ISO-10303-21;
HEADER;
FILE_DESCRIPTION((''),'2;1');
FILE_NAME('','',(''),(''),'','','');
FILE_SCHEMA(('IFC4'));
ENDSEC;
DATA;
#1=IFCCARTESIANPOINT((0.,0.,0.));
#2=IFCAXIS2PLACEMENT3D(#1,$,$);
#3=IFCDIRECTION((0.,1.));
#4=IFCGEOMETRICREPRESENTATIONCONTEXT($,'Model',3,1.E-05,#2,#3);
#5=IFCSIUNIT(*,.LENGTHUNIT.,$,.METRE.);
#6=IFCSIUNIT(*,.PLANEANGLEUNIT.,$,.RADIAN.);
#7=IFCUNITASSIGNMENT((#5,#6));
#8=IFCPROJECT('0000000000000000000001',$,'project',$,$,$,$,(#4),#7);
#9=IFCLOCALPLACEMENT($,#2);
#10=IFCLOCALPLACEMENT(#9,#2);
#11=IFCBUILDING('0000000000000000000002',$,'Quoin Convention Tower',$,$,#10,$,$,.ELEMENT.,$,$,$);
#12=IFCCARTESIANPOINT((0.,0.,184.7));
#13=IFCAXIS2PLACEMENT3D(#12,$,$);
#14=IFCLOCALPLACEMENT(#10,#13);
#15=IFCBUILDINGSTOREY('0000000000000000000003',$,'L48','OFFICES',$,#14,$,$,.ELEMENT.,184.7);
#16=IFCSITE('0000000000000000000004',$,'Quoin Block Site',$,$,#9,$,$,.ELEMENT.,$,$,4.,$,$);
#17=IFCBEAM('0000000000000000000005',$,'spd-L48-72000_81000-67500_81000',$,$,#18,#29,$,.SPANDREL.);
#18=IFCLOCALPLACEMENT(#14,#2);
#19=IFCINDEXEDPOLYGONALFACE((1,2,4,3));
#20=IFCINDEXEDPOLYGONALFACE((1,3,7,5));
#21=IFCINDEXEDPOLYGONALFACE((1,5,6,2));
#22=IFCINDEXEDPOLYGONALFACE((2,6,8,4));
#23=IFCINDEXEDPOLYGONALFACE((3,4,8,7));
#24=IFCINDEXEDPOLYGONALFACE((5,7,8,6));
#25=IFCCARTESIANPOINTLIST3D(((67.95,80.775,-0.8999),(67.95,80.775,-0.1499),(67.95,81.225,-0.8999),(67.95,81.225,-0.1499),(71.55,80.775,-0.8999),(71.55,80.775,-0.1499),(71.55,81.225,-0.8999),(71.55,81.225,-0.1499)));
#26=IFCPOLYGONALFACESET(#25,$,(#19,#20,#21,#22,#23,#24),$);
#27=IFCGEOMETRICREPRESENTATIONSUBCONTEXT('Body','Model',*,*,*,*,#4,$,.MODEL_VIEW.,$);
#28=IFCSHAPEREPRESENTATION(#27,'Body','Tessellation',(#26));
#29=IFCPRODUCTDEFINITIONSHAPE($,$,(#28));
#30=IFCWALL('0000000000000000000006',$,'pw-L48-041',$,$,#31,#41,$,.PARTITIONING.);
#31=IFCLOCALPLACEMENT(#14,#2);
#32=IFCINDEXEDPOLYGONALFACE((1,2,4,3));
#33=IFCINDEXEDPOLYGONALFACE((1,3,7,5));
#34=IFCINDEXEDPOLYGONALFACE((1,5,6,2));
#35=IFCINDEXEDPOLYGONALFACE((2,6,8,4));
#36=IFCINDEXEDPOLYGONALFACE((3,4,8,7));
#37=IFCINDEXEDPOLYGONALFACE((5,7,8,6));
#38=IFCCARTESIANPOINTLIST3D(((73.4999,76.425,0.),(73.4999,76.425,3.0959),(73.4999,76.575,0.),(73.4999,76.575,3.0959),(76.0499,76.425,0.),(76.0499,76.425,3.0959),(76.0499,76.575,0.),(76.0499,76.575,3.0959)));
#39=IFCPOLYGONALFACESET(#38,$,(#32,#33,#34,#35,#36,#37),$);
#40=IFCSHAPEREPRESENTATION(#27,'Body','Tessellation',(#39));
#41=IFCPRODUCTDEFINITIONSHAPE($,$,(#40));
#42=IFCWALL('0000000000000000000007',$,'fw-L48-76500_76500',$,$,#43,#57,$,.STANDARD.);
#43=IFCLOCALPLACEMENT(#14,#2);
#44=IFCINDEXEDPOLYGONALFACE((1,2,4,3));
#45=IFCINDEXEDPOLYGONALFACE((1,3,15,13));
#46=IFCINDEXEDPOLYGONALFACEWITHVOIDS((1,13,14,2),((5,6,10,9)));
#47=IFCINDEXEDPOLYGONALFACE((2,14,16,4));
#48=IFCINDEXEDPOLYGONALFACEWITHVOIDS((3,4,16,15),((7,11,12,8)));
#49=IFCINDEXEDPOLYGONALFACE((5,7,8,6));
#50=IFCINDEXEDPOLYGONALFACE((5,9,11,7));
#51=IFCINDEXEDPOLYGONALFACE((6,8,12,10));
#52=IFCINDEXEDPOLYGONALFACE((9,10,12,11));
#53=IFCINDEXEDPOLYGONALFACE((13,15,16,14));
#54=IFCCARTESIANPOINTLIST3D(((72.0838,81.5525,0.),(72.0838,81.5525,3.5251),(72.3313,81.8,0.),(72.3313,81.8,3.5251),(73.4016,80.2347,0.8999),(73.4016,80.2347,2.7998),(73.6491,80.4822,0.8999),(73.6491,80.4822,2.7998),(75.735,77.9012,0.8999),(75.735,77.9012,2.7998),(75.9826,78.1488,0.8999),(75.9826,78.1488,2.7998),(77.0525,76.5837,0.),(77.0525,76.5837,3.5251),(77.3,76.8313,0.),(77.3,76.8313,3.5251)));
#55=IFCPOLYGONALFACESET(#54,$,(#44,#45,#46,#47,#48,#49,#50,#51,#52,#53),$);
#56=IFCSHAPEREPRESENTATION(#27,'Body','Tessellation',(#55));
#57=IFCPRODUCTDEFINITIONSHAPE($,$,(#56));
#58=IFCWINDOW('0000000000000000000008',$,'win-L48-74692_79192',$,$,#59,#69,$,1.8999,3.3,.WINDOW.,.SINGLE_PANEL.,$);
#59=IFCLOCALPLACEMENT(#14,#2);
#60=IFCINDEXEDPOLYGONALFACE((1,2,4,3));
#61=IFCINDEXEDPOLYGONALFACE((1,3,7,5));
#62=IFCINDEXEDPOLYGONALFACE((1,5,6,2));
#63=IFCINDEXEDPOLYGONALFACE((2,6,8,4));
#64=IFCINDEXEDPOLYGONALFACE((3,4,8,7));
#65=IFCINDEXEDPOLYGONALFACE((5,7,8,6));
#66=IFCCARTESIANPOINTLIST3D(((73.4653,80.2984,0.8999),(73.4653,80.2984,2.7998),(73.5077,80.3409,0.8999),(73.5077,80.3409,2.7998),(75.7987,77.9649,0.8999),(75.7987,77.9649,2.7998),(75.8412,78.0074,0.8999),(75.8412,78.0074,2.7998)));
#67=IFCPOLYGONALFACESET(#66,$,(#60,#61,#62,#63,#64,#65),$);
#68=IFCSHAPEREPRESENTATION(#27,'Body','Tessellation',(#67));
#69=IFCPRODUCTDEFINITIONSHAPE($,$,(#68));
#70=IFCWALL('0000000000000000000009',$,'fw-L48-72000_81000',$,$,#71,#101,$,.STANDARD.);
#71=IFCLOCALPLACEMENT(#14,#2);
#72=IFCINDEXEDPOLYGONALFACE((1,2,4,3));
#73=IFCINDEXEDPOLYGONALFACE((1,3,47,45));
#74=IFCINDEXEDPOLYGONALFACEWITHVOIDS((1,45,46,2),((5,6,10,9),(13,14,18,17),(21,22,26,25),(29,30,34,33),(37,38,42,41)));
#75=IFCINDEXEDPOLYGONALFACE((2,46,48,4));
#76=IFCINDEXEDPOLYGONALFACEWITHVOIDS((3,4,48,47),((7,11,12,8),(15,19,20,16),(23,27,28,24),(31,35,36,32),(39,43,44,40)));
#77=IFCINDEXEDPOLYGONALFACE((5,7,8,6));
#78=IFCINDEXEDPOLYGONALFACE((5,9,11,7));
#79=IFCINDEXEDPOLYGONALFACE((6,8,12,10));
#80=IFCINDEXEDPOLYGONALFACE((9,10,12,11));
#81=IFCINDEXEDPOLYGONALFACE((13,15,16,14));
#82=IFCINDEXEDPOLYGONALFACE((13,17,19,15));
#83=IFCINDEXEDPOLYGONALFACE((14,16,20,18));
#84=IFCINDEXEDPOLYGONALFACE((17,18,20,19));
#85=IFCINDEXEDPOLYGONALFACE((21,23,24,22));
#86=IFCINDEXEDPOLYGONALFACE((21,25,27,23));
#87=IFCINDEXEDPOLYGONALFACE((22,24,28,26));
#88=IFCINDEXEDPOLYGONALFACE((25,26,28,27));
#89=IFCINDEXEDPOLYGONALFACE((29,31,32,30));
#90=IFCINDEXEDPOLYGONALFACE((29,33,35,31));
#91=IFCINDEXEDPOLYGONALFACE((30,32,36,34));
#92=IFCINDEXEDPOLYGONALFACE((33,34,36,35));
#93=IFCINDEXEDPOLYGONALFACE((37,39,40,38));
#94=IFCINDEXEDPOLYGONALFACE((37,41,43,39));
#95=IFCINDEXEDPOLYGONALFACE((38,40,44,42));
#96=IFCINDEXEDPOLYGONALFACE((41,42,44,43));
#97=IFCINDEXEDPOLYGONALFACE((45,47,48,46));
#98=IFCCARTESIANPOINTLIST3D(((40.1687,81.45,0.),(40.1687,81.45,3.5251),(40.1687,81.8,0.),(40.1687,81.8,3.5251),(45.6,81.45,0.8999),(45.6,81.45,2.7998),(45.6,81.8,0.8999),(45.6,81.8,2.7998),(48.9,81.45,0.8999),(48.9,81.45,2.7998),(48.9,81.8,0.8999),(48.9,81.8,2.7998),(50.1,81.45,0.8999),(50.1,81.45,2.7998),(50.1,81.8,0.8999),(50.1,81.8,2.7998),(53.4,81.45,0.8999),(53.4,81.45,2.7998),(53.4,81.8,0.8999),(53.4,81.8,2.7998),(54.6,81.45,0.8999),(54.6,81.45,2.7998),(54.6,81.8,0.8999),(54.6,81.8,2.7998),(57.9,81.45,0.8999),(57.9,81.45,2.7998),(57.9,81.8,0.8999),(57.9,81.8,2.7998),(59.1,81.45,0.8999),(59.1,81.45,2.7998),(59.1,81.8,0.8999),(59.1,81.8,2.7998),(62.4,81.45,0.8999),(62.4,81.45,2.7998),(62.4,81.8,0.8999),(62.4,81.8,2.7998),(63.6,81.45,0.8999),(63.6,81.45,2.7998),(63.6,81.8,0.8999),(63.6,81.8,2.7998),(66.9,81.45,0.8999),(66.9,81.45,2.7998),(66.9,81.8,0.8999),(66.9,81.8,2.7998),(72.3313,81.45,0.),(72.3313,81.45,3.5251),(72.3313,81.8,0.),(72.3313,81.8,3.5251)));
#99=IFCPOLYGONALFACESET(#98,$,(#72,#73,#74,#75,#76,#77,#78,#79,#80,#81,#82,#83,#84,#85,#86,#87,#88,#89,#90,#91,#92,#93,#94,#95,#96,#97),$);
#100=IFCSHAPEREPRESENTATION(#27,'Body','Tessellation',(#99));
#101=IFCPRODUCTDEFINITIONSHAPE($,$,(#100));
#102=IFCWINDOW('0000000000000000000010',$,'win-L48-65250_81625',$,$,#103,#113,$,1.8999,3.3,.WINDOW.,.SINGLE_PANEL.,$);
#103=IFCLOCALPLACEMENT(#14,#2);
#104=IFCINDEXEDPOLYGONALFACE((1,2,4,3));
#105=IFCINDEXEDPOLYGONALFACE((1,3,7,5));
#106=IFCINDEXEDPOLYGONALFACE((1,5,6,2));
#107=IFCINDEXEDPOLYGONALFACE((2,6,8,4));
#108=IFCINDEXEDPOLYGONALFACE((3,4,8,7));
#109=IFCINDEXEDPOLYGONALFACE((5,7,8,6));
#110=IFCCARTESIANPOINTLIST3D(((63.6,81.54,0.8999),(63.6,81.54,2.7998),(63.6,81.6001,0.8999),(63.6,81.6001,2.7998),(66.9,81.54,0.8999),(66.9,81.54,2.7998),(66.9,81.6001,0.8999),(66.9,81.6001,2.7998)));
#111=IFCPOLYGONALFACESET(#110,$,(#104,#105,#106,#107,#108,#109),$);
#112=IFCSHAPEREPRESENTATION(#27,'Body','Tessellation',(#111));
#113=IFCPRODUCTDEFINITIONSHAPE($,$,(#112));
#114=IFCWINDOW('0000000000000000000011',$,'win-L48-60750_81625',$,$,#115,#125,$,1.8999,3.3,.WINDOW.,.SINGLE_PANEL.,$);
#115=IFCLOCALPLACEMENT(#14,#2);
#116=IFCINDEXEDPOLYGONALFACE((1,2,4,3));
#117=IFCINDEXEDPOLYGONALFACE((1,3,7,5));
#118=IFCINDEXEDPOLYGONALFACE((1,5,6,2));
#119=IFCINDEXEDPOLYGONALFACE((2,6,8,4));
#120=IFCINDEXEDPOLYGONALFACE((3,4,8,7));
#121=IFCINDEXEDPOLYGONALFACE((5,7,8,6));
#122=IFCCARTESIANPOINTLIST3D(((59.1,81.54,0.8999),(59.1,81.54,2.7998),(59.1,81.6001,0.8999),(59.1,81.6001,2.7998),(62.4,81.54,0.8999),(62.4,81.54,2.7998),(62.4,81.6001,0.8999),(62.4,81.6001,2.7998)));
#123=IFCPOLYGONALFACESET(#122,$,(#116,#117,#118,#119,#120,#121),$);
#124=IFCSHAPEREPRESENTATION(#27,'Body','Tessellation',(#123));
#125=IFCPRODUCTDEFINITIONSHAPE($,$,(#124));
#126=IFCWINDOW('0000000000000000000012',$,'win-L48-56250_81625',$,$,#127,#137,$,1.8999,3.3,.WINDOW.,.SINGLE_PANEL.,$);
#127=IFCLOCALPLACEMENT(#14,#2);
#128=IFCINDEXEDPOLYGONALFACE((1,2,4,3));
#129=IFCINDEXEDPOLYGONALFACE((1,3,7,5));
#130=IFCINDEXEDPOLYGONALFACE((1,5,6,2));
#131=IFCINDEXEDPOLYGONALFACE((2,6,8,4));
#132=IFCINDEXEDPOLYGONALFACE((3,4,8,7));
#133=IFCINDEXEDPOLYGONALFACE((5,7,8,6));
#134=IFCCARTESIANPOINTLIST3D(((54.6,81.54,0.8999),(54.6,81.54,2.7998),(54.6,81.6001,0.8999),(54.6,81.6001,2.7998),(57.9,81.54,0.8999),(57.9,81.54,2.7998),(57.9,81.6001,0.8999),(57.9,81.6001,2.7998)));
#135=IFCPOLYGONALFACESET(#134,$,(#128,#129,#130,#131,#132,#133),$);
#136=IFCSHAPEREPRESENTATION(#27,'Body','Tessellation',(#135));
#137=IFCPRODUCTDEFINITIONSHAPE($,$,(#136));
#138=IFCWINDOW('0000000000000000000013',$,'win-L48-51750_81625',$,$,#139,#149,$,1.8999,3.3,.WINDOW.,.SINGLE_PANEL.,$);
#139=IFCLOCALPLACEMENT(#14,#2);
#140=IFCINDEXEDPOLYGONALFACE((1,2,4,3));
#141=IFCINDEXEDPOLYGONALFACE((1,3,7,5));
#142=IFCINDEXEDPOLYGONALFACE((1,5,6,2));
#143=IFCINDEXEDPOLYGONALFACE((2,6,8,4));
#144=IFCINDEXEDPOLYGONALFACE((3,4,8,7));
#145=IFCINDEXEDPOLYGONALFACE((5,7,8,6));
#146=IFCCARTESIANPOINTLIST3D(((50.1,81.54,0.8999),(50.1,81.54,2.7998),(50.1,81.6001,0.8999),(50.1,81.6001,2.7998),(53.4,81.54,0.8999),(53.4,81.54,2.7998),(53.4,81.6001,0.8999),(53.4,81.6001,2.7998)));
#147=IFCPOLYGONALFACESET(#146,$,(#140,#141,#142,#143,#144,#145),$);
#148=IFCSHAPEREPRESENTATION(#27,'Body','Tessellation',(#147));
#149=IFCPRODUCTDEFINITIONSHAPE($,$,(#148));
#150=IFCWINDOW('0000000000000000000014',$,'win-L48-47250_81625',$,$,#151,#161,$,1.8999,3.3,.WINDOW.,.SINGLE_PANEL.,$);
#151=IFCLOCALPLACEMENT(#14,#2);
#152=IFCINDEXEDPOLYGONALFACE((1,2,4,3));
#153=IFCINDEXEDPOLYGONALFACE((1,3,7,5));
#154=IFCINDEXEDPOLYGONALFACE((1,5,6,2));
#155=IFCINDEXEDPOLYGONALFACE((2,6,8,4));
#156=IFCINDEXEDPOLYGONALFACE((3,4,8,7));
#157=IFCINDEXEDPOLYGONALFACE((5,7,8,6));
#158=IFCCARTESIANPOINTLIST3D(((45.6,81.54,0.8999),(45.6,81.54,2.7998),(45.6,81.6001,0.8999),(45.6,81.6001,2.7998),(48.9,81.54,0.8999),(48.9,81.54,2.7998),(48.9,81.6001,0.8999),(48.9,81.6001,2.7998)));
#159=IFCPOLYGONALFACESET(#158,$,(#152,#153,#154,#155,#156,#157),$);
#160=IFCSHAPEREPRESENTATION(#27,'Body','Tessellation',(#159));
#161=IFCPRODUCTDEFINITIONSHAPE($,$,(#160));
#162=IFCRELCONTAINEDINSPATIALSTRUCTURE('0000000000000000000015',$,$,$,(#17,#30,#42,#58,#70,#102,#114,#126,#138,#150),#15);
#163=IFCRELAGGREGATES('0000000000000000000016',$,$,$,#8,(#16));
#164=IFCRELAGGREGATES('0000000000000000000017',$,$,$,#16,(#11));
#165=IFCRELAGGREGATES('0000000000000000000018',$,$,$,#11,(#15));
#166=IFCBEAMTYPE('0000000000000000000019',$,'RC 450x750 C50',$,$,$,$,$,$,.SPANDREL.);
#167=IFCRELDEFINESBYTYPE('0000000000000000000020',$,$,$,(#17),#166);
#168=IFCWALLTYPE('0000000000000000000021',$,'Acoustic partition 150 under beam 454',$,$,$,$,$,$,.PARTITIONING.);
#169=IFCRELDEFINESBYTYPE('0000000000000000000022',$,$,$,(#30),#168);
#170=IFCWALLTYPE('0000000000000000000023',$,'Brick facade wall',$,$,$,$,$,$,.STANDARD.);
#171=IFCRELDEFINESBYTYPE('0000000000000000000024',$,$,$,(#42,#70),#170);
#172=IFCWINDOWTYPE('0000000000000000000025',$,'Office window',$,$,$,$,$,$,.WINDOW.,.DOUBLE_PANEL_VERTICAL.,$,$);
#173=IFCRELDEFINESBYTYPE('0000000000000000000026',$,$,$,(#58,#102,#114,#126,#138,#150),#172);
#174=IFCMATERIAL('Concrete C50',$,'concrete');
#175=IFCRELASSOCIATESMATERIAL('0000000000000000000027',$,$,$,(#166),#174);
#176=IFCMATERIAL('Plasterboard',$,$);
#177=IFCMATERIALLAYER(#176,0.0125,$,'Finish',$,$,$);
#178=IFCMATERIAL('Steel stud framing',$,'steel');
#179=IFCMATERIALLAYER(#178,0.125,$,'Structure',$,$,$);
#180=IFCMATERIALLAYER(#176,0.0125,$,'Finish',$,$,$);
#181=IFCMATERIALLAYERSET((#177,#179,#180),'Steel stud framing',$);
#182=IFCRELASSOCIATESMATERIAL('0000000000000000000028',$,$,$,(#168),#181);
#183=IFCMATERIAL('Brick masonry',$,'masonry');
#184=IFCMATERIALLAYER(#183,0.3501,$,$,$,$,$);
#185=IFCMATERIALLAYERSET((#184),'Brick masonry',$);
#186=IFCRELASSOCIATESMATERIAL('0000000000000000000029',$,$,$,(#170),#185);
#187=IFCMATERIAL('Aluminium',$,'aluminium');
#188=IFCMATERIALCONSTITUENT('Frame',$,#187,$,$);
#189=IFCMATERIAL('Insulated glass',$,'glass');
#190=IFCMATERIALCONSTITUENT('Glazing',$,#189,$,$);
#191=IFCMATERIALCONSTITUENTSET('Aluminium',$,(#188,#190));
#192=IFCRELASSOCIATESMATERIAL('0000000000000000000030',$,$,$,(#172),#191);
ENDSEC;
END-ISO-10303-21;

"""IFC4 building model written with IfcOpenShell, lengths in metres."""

from ifc_helpers import new_model, si_unit, direction, frame, frame_2d, origin, origin_2d, place, context, subcontext, project, spatial, rectangle, extrude, material, layer, layer_set, constituent, constituent_set, material_profile, profile_set, type_object, element, fill, save


model = new_model("IFC4")

# Units and contexts
model_context = context("Model", 3, precision=1e-05, world=origin(), true_north=direction((0.0, 1.0)))
body_context = subcontext(model_context, "Body", "Model", "MODEL_VIEW")
ifc_project = project(units=[si_unit("LENGTHUNIT", "METRE"), si_unit("PLANEANGLEUNIT", "RADIAN")], contexts=[model_context])

# Site, building, storey
site_placement = place(None, origin())
site = spatial("IfcSite", under=ifc_project, at=site_placement, Name="Quoin Block Site", CompositionType="ELEMENT", RefElevation=4.0)
building_placement = place(site_placement, origin())
building = spatial("IfcBuilding", under=site, at=building_placement, Name="Quoin Convention Tower", CompositionType="ELEMENT")
storey_placement = place(building_placement, frame((0.0, 0.0, 184.7)))
storey = spatial("IfcBuildingStorey", under=building, at=storey_placement, Name="L48", Description="OFFICES", CompositionType="ELEMENT", Elevation=184.7)

# Shared definitions
ifc_material_1 = material(Name="Concrete C50", Category="concrete")

# Beam
ifc_material_profile_1 = material_profile(ifc_material_1, rectangle(XDim=0.45, YDim=0.75, at=origin_2d()), Name="RC 450x750")
ifc_profile_set_1 = profile_set([ifc_material_profile_1], Name="Concrete C50")
beam_type_1 = type_object("IfcBeamType", Name="RC 450x750 C50", PredefinedType="SPANDREL", material=ifc_profile_set_1)
beam_1_placement = place(storey_placement, frame((71.55, 81.0, -0.5249), z_axis=(-1.0, 0.0, 0.0), x_axis=(0.0, -1.0, 0.0)))
element("IfcBeam", 1, at=beam_1_placement, inside=storey, type_object=beam_type_1, Name="spd-L48-72000_81000-67500_81000", PredefinedType="SPANDREL", context=body_context, shape_type="SweptSolid", body=[
    extrude(rectangle(XDim=0.45, YDim=0.75, at=origin_2d()), origin(), (0.0, 0.0, 1.0), 3.6001),
])

# Wall
ifc_material_2 = material(Name="Plasterboard")
ifc_layer_1 = layer(ifc_material_2, 0.0125, Name="Finish")
ifc_material_3 = material(Name="Steel stud framing", Category="steel")
ifc_layer_2 = layer(ifc_material_3, 0.125, Name="Structure")
ifc_layer_3 = layer(ifc_material_2, 0.0125, Name="Finish")
ifc_layer_set_1 = layer_set([ifc_layer_1, ifc_layer_2, ifc_layer_3], Name="Steel stud framing")
wall_type_1 = type_object("IfcWallType", Name="Acoustic partition 150 under beam 454", PredefinedType="PARTITIONING", material=ifc_layer_set_1)
wall_1_placement = place(storey_placement, frame((73.5, 76.5, 0.0), z_axis=(0.0, 0.0, 1.0), x_axis=(1.0, 0.0, 0.0)))
element("IfcWall", 2, at=wall_1_placement, inside=storey, type_object=wall_type_1, Name="pw-L48-041", PredefinedType="PARTITIONING", context=body_context, shape_type="SweptSolid", body=[
    extrude(rectangle(XDim=2.55, YDim=0.1499, at=frame_2d((1.2749, 0.0))), origin(), (0.0, 0.0, 1.0), 3.0959),
])

# Wall, opening, window
ifc_material_4 = material(Name="Brick masonry", Category="masonry")
ifc_layer_4 = layer(ifc_material_4, 0.3501)
ifc_layer_set_2 = layer_set([ifc_layer_4], Name="Brick masonry")
wall_type_2 = type_object("IfcWallType", Name="Brick facade wall", PredefinedType="STANDARD", material=ifc_layer_set_2)
wall_2_placement = place(storey_placement, frame((77.1763, 76.7075, 0.0), z_axis=(0.0, 0.0, 1.0), x_axis=(-0.707107, 0.707107, 0.0)))
wall_2 = element("IfcWall", 3, at=wall_2_placement, inside=storey, type_object=wall_type_2, Name="fw-L48-76500_76500", PredefinedType="STANDARD", context=body_context, shape_type="SweptSolid", body=[
    extrude(rectangle(XDim=7.0269, YDim=0.3501, at=frame_2d((3.5134, 0.0))), origin(), (0.0, 0.0, 1.0), 3.5251),
])
opening_1_placement = place(wall_2_placement, frame((1.8633, 0.0, 0.8999)))
opening_1 = element("IfcOpeningElement", 4, at=opening_1_placement, cuts=wall_2, PredefinedType="OPENING", context=body_context, shape_type="SweptSolid", body=[
    extrude(rectangle(XDim=3.3, YDim=1.8999, at=frame_2d((1.6499, 0.95))), frame((0.0, 0.1851, 0.0), z_axis=(0.0, -1.0, 0.0), x_axis=(1.0, 0.0, 0.0)), (0.0, 0.0, 1.0), 0.3701),
])
ifc_material_5 = material(Name="Aluminium", Category="aluminium")
ifc_constituent_1 = constituent(ifc_material_5, Name="Frame")
ifc_material_6 = material(Name="Insulated glass", Category="glass")
ifc_constituent_2 = constituent(ifc_material_6, Name="Glazing")
ifc_constituent_set = constituent_set(constituents=[ifc_constituent_1, ifc_constituent_2], Name="Aluminium")
window_type = type_object("IfcWindowType", Name="Office window", PartitioningType="DOUBLE_PANEL_VERTICAL", PredefinedType="WINDOW", material=ifc_constituent_set)
window_1_placement = place(opening_1_placement, origin())
window_1 = element("IfcWindow", 5, at=window_1_placement, inside=storey, type_object=window_type, Name="win-L48-74692_79192", OverallHeight=1.8999, OverallWidth=3.3, PartitioningType="SINGLE_PANEL", PredefinedType="WINDOW", context=body_context, shape_type="SweptSolid", body=[
    extrude(rectangle(XDim=3.3, YDim=1.8999, at=frame_2d((1.6499, 0.95))), frame((0.0, 0.085, 0.0), z_axis=(0.0, -1.0, 0.0), x_axis=(1.0, 0.0, 0.0)), (0.0, 0.0, 1.0), 0.0601),
])
fill(opening_1, window_1)

# Wall, openings, windows
wall_3_placement = place(storey_placement, frame((72.3313, 81.625, 0.0), z_axis=(0.0, 0.0, 1.0), x_axis=(-1.0, 0.0, 0.0)))
wall_3 = element("IfcWall", 6, at=wall_3_placement, inside=storey, type_object=wall_type_2, Name="fw-L48-72000_81000", PredefinedType="STANDARD", context=body_context, shape_type="SweptSolid", body=[
    extrude(rectangle(XDim=32.1626, YDim=0.3501, at=frame_2d((16.0813, 0.0))), origin(), (0.0, 0.0, 1.0), 3.5251),
])
opening_2_placement = place(wall_3_placement, frame((5.4314, 0.0, 0.8999)))
opening_2 = element("IfcOpeningElement", 7, at=opening_2_placement, cuts=wall_3, PredefinedType="OPENING", context=body_context, shape_type="SweptSolid", body=[
    extrude(rectangle(XDim=3.3, YDim=1.8999, at=frame_2d((1.6499, 0.95))), frame((0.0, 0.1851, 0.0), z_axis=(0.0, -1.0, 0.0), x_axis=(1.0, 0.0, 0.0)), (0.0, 0.0, 1.0), 0.3701),
])
opening_3_placement = place(wall_3_placement, frame((9.9314, 0.0, 0.8999)))
opening_3 = element("IfcOpeningElement", 8, at=opening_3_placement, cuts=wall_3, PredefinedType="OPENING", context=body_context, shape_type="SweptSolid", body=[
    extrude(rectangle(XDim=3.3, YDim=1.8999, at=frame_2d((1.6499, 0.95))), frame((0.0, 0.1851, 0.0), z_axis=(0.0, -1.0, 0.0), x_axis=(1.0, 0.0, 0.0)), (0.0, 0.0, 1.0), 0.3701),
])
opening_4_placement = place(wall_3_placement, frame((14.4314, 0.0, 0.8999)))
opening_4 = element("IfcOpeningElement", 9, at=opening_4_placement, cuts=wall_3, PredefinedType="OPENING", context=body_context, shape_type="SweptSolid", body=[
    extrude(rectangle(XDim=3.3, YDim=1.8999, at=frame_2d((1.6499, 0.95))), frame((0.0, 0.1851, 0.0), z_axis=(0.0, -1.0, 0.0), x_axis=(1.0, 0.0, 0.0)), (0.0, 0.0, 1.0), 0.3701),
])
opening_5_placement = place(wall_3_placement, frame((18.9314, 0.0, 0.8999)))
opening_5 = element("IfcOpeningElement", 10, at=opening_5_placement, cuts=wall_3, PredefinedType="OPENING", context=body_context, shape_type="SweptSolid", body=[
    extrude(rectangle(XDim=3.3, YDim=1.8999, at=frame_2d((1.6499, 0.95))), frame((0.0, 0.1851, 0.0), z_axis=(0.0, -1.0, 0.0), x_axis=(1.0, 0.0, 0.0)), (0.0, 0.0, 1.0), 0.3701),
])
opening_6_placement = place(wall_3_placement, frame((23.4314, 0.0, 0.8999)))
opening_6 = element("IfcOpeningElement", 11, at=opening_6_placement, cuts=wall_3, PredefinedType="OPENING", context=body_context, shape_type="SweptSolid", body=[
    extrude(rectangle(XDim=3.3, YDim=1.8999, at=frame_2d((1.6499, 0.95))), frame((0.0, 0.1851, 0.0), z_axis=(0.0, -1.0, 0.0), x_axis=(1.0, 0.0, 0.0)), (0.0, 0.0, 1.0), 0.3701),
])
window_2_placement = place(opening_2_placement, origin())
window_2 = element("IfcWindow", 12, at=window_2_placement, inside=storey, type_object=window_type, Name="win-L48-65250_81625", OverallHeight=1.8999, OverallWidth=3.3, PartitioningType="SINGLE_PANEL", PredefinedType="WINDOW", context=body_context, shape_type="SweptSolid", body=[
    extrude(rectangle(XDim=3.3, YDim=1.8999, at=frame_2d((1.6499, 0.95))), frame((0.0, 0.085, 0.0), z_axis=(0.0, -1.0, 0.0), x_axis=(1.0, 0.0, 0.0)), (0.0, 0.0, 1.0), 0.0601),
])
fill(opening_2, window_2)
window_3_placement = place(opening_3_placement, origin())
window_3 = element("IfcWindow", 13, at=window_3_placement, inside=storey, type_object=window_type, Name="win-L48-60750_81625", OverallHeight=1.8999, OverallWidth=3.3, PartitioningType="SINGLE_PANEL", PredefinedType="WINDOW", context=body_context, shape_type="SweptSolid", body=[
    extrude(rectangle(XDim=3.3, YDim=1.8999, at=frame_2d((1.6499, 0.95))), frame((0.0, 0.085, 0.0), z_axis=(0.0, -1.0, 0.0), x_axis=(1.0, 0.0, 0.0)), (0.0, 0.0, 1.0), 0.0601),
])
fill(opening_3, window_3)
window_4_placement = place(opening_4_placement, origin())
window_4 = element("IfcWindow", 14, at=window_4_placement, inside=storey, type_object=window_type, Name="win-L48-56250_81625", OverallHeight=1.8999, OverallWidth=3.3, PartitioningType="SINGLE_PANEL", PredefinedType="WINDOW", context=body_context, shape_type="SweptSolid", body=[
    extrude(rectangle(XDim=3.3, YDim=1.8999, at=frame_2d((1.6499, 0.95))), frame((0.0, 0.085, 0.0), z_axis=(0.0, -1.0, 0.0), x_axis=(1.0, 0.0, 0.0)), (0.0, 0.0, 1.0), 0.0601),
])
fill(opening_4, window_4)
window_5_placement = place(opening_5_placement, origin())
window_5 = element("IfcWindow", 15, at=window_5_placement, inside=storey, type_object=window_type, Name="win-L48-51750_81625", OverallHeight=1.8999, OverallWidth=3.3, PartitioningType="SINGLE_PANEL", PredefinedType="WINDOW", context=body_context, shape_type="SweptSolid", body=[
    extrude(rectangle(XDim=3.3, YDim=1.8999, at=frame_2d((1.6499, 0.95))), frame((0.0, 0.085, 0.0), z_axis=(0.0, -1.0, 0.0), x_axis=(1.0, 0.0, 0.0)), (0.0, 0.0, 1.0), 0.0601),
])
fill(opening_5, window_5)
window_6_placement = place(opening_6_placement, origin())
window_6 = element("IfcWindow", 16, at=window_6_placement, inside=storey, type_object=window_type, Name="win-L48-47250_81625", OverallHeight=1.8999, OverallWidth=3.3, PartitioningType="SINGLE_PANEL", PredefinedType="WINDOW", context=body_context, shape_type="SweptSolid", body=[
    extrude(rectangle(XDim=3.3, YDim=1.8999, at=frame_2d((1.6499, 0.95))), frame((0.0, 0.085, 0.0), z_axis=(0.0, -1.0, 0.0), x_axis=(1.0, 0.0, 0.0)), (0.0, 0.0, 1.0), 0.0601),
])
fill(opening_6, window_6)

save(model, "model.ifc")
